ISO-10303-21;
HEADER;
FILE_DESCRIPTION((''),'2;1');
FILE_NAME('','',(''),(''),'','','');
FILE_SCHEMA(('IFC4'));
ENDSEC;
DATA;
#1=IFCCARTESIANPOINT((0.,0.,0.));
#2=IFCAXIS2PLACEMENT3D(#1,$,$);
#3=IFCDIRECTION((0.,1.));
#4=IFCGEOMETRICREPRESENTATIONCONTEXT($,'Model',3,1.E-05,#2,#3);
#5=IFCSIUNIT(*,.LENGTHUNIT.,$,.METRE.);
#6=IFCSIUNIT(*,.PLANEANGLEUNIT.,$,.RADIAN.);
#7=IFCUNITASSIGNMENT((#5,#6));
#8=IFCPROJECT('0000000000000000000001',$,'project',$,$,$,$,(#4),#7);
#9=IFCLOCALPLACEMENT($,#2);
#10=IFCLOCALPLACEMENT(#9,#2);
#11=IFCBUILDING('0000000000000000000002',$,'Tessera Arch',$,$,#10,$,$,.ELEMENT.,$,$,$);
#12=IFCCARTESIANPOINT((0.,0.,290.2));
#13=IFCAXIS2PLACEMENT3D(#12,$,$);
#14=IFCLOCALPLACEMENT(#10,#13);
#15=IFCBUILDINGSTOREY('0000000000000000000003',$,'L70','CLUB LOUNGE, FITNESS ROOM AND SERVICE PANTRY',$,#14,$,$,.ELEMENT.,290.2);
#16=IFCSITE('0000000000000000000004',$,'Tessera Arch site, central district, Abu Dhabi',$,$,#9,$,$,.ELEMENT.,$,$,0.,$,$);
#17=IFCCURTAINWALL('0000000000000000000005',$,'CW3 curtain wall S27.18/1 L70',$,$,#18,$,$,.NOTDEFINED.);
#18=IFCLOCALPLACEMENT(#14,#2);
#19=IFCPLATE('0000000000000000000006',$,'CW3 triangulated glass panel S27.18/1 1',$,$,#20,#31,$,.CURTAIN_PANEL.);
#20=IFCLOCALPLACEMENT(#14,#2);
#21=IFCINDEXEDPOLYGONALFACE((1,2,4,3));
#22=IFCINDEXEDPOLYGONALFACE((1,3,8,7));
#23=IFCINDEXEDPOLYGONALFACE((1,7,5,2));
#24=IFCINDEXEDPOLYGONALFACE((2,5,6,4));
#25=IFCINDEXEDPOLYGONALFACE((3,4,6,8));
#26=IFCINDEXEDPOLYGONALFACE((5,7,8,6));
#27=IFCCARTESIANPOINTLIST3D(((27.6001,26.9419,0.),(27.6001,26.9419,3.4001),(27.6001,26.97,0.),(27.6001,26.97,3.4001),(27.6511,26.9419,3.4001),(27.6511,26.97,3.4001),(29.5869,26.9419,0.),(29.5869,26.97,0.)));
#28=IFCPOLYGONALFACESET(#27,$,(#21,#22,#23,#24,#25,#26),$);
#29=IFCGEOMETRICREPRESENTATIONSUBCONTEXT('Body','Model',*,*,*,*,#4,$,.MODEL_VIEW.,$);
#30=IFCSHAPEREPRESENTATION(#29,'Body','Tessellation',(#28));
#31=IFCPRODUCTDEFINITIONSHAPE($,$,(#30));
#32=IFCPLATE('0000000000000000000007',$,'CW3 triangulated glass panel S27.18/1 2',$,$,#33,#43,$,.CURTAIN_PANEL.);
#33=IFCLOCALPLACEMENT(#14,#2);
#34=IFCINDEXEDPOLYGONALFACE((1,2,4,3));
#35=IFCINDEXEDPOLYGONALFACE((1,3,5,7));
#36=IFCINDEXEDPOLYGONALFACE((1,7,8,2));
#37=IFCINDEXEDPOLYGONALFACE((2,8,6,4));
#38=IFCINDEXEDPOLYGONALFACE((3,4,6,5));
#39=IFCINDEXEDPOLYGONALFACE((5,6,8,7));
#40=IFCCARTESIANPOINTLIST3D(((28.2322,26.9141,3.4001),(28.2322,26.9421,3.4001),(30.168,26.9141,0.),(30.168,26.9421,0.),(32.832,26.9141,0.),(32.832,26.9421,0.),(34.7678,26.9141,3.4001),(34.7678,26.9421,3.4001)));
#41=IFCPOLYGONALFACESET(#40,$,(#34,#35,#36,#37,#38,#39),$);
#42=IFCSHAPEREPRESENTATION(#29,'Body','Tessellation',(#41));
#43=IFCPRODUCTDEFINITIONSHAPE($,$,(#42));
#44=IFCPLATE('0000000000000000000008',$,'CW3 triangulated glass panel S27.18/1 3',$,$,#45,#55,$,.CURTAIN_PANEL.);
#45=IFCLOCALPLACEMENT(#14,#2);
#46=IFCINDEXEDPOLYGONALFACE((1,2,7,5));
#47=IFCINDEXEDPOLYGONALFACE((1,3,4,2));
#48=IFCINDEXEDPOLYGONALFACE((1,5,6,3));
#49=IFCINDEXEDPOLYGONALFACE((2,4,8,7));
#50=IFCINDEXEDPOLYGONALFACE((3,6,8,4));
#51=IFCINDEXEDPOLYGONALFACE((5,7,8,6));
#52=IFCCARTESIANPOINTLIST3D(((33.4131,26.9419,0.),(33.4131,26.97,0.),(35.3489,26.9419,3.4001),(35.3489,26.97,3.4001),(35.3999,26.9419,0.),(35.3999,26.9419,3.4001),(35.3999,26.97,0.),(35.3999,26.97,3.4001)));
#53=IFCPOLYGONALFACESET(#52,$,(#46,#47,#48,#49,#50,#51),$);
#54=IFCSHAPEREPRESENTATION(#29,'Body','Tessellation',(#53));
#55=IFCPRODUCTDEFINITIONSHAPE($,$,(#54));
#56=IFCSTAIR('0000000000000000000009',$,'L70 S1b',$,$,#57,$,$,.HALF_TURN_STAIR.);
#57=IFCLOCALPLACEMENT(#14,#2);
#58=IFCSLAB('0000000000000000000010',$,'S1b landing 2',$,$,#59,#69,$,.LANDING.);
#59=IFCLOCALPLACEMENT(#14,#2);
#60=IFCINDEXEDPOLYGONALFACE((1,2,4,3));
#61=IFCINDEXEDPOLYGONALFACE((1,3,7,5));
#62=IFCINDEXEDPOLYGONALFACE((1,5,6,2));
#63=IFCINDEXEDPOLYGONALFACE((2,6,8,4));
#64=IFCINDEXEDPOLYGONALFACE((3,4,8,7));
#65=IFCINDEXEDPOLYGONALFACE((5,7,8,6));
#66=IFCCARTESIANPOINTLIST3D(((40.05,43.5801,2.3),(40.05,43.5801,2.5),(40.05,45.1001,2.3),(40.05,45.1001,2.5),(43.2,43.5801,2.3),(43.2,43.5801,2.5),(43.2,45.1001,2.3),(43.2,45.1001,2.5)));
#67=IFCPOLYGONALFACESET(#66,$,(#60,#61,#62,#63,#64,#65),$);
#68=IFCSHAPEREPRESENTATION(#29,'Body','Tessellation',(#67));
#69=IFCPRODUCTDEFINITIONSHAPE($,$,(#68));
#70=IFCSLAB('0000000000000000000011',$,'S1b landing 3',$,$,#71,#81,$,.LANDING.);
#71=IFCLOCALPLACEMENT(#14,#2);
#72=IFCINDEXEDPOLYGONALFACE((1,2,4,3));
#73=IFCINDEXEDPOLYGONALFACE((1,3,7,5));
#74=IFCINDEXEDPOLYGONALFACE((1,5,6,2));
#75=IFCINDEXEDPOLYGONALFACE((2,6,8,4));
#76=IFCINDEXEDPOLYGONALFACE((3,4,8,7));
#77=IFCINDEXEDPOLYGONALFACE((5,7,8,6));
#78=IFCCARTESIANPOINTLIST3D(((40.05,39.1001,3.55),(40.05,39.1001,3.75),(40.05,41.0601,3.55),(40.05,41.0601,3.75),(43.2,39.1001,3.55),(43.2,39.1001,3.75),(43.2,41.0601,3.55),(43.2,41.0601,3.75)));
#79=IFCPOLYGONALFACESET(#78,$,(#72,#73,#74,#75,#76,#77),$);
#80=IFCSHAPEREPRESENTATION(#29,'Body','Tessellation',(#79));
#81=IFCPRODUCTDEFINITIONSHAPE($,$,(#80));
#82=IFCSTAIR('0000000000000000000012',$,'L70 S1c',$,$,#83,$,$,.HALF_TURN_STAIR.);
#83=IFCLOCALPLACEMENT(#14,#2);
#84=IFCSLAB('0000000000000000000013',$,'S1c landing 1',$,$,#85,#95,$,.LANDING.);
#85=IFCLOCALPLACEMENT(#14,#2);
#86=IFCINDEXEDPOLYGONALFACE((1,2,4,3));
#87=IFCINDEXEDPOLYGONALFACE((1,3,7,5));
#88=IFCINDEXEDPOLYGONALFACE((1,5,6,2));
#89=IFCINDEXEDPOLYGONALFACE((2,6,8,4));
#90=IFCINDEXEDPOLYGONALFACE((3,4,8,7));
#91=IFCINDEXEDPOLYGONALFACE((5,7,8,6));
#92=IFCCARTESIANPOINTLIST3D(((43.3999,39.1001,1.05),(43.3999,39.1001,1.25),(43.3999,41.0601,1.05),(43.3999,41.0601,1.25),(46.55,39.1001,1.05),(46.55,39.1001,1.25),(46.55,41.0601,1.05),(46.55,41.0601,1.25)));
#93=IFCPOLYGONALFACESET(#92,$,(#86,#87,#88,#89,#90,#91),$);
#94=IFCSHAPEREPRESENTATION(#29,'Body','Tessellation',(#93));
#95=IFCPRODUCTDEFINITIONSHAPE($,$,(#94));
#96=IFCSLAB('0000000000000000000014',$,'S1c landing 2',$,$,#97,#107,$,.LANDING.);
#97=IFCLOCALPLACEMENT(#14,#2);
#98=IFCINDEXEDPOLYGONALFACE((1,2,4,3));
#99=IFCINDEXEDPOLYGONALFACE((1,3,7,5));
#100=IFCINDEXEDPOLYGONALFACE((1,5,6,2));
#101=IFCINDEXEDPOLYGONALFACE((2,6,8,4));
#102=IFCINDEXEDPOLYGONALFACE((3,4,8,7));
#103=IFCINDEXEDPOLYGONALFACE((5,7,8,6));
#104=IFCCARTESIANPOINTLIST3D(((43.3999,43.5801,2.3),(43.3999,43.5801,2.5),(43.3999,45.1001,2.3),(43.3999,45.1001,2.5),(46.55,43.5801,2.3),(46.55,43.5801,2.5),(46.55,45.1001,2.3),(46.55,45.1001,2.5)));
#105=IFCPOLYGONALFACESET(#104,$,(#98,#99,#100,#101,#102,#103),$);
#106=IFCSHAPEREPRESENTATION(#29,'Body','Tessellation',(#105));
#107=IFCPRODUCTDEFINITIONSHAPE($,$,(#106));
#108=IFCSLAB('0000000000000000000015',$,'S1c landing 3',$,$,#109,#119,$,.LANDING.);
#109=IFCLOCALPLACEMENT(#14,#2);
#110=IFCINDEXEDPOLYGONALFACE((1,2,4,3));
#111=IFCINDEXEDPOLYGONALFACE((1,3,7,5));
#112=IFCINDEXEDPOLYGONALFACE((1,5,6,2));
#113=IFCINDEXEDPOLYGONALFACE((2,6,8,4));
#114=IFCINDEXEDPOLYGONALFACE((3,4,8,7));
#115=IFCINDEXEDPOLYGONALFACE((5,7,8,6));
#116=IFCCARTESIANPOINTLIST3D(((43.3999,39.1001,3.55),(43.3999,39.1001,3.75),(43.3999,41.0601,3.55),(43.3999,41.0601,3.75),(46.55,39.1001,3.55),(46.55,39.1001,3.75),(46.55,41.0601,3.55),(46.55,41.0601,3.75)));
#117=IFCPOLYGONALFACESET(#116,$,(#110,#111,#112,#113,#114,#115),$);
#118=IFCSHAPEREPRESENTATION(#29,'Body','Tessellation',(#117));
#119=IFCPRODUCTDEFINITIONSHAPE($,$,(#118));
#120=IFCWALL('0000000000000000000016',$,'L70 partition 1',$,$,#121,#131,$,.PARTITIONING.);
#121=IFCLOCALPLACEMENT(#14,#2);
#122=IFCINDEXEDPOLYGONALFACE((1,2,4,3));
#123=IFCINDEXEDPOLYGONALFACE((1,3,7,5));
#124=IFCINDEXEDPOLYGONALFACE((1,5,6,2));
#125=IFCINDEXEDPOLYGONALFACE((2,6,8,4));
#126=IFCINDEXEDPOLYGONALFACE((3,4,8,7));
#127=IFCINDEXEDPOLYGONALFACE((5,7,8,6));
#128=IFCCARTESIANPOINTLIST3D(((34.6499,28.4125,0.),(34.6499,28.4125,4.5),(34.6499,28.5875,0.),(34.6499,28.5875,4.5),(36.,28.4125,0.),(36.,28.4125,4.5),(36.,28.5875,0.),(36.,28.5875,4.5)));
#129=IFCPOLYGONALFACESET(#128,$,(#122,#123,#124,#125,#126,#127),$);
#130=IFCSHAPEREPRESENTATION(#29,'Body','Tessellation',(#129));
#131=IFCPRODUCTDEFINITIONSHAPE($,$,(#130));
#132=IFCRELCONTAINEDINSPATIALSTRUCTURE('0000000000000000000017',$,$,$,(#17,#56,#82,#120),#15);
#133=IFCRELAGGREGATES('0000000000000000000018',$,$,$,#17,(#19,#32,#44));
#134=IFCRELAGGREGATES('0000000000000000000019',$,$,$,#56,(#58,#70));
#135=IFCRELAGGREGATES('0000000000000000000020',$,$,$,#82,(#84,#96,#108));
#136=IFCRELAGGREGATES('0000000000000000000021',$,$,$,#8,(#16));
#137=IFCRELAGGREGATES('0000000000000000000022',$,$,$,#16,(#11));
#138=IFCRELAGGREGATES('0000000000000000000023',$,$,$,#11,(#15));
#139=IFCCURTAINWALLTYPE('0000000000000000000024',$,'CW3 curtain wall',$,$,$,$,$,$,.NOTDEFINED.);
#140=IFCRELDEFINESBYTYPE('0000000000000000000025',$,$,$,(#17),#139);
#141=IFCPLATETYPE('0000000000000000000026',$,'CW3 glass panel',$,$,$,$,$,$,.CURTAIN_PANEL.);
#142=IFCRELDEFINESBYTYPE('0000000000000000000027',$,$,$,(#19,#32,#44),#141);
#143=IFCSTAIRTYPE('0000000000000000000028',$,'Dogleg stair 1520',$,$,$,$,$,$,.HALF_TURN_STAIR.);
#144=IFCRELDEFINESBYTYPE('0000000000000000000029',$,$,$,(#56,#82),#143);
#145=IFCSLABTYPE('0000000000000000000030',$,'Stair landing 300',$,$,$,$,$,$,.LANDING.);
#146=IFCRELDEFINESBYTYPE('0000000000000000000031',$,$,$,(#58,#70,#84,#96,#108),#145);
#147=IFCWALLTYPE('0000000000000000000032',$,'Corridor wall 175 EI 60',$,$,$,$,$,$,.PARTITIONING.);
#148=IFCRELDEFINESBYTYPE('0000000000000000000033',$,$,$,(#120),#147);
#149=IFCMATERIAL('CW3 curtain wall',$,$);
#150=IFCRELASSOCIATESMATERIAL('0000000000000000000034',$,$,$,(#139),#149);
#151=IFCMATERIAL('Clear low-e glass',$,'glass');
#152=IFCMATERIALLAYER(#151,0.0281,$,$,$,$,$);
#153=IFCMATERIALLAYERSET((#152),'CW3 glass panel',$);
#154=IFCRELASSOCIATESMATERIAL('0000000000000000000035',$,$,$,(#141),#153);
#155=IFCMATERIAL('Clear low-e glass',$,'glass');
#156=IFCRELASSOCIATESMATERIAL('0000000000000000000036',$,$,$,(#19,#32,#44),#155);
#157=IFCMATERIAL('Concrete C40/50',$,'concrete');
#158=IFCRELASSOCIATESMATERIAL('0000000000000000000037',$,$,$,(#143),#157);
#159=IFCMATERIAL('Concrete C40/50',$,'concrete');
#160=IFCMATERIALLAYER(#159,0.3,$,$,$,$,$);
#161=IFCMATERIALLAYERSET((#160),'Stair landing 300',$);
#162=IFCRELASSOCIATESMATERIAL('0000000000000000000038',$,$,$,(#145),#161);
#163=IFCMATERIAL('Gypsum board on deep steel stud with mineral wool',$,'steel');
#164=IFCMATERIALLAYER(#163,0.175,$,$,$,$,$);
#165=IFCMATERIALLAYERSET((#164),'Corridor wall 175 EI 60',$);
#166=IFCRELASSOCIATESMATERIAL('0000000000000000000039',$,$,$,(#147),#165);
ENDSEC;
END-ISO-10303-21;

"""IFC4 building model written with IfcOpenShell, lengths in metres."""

from ifc_helpers import new_model, si_unit, direction, frame, frame_2d, origin, place, context, subcontext, project, spatial, polyline, rectangle, outline, extrude, material, layer, layer_set, type_object, element, aggregate, save


model = new_model("IFC4")

# Units and contexts
model_context = context("Model", 3, precision=1e-05, world=origin(), true_north=direction((0.0, 1.0)))
body_context = subcontext(model_context, "Body", "Model", "MODEL_VIEW")
ifc_project = project(units=[si_unit("LENGTHUNIT", "METRE"), si_unit("PLANEANGLEUNIT", "RADIAN")], contexts=[model_context])

# Site, building, storey
site_placement = place(None, origin())
site = spatial("IfcSite", under=ifc_project, at=site_placement, Name="Tessera Arch site, central district, Abu Dhabi", CompositionType="ELEMENT", RefElevation=0.0)
building_placement = place(site_placement, origin())
building = spatial("IfcBuilding", under=site, at=building_placement, Name="Tessera Arch", CompositionType="ELEMENT")
storey_placement = place(building_placement, frame((0.0, 0.0, 290.2)))
storey = spatial("IfcBuildingStorey", under=building, at=storey_placement, Name="L70", Description="CLUB LOUNGE, FITNESS ROOM AND SERVICE PANTRY", CompositionType="ELEMENT", Elevation=290.2)

# Curtain wall
ifc_material_1 = material(Name="CW3 curtain wall")
curtain_wall_type_1 = type_object("IfcCurtainWallType", Name="CW3 curtain wall", PredefinedType="NOTDEFINED", material=ifc_material_1)
curtain_wall_1_placement = place(storey_placement, origin())
curtain_wall_1 = element("IfcCurtainWall", 1, at=curtain_wall_1_placement, inside=storey, type_object=curtain_wall_type_1, Name="CW3 curtain wall S27.18/1 L70", PredefinedType="NOTDEFINED")

# Plates
ifc_material_2 = material(Name="Clear low-e glass", Category="glass")
ifc_material_3 = material(Name="Clear low-e glass", Category="glass")
ifc_layer_1 = layer(ifc_material_3, 0.0281)
ifc_layer_set_1 = layer_set([ifc_layer_1], Name="CW3 glass panel")
plate_type_1 = type_object("IfcPlateType", Name="CW3 glass panel", PredefinedType="CURTAIN_PANEL", material=ifc_layer_set_1)
plate_1_placement = place(storey_placement, frame((27.6001, 26.9419, 0.0), z_axis=(0.0, -1.0, 0.0), x_axis=(1.0, 0.0, 0.0)))
plate_1 = element("IfcPlate", 2, at=plate_1_placement, type_object=plate_type_1, material=ifc_material_2, Name="CW3 triangulated glass panel S27.18/1 1", PredefinedType="CURTAIN_PANEL", context=body_context, shape_type="SweptSolid", body=[
    extrude(outline(polyline([(0.0, 0.0), (1.9868, 0.0), (0.051, 3.4001), (0.0, 3.4001), (0.0, 0.0)])), origin(), (0.0, 0.0, -1.0), 0.0281),
])
plate_2_placement = place(storey_placement, frame((34.7678, 26.9141, 3.4001), z_axis=(0.0, -1.0, 0.0), x_axis=(-1.0, 0.0, 0.0)))
plate_2 = element("IfcPlate", 3, at=plate_2_placement, type_object=plate_type_1, material=ifc_material_2, Name="CW3 triangulated glass panel S27.18/1 2", PredefinedType="CURTAIN_PANEL", context=body_context, shape_type="SweptSolid", body=[
    extrude(outline(polyline([(0.0, 0.0), (6.5356, 0.0), (4.5999, 3.4001), (1.9358, 3.4001), (0.0, 0.0)])), origin(), (0.0, 0.0, -1.0), 0.0281),
])
plate_3_placement = place(storey_placement, frame((35.3999, 26.9419, 3.4001), z_axis=(0.0, -1.0, 0.0), x_axis=(-1.0, 0.0, 0.0)))
plate_3 = element("IfcPlate", 4, at=plate_3_placement, type_object=plate_type_1, material=ifc_material_2, Name="CW3 triangulated glass panel S27.18/1 3", PredefinedType="CURTAIN_PANEL", context=body_context, shape_type="SweptSolid", body=[
    extrude(outline(polyline([(0.0, 0.0), (0.051, 0.0), (1.9868, 3.4001), (0.0, 3.4001), (0.0, 0.0)])), origin(), (0.0, 0.0, -1.0), 0.0281),
])
aggregate(curtain_wall_1, [plate_1, plate_2, plate_3])

# Stairs, slabs
ifc_material_4 = material(Name="Concrete C40/50", Category="concrete")
stair_type = type_object("IfcStairType", Name="Dogleg stair 1520", PredefinedType="HALF_TURN_STAIR", material=ifc_material_4)
stair_1_placement = place(storey_placement, origin())
stair_1 = element("IfcStair", 5, at=stair_1_placement, inside=storey, type_object=stair_type, Name="L70 S1b", PredefinedType="HALF_TURN_STAIR")
ifc_material_5 = material(Name="Concrete C40/50", Category="concrete")
ifc_layer_2 = layer(ifc_material_5, 0.3)
ifc_layer_set_2 = layer_set([ifc_layer_2], Name="Stair landing 300")
slab_type = type_object("IfcSlabType", Name="Stair landing 300", PredefinedType="LANDING", material=ifc_layer_set_2)
slab_1_placement = place(storey_placement, frame((0.0, 0.0, 2.3)))
slab_1 = element("IfcSlab", 6, at=slab_1_placement, type_object=slab_type, Name="S1b landing 2", PredefinedType="LANDING", context=body_context, shape_type="SweptSolid", body=[
    extrude(outline(polyline([(40.05, 45.1001), (40.05, 43.5801), (43.2, 43.5801), (43.2, 45.1001), (40.05, 45.1001)])), origin(), (0.0, 0.0, 1.0), 0.2),
])
slab_2_placement = place(storey_placement, frame((0.0, 0.0, 3.55)))
slab_2 = element("IfcSlab", 7, at=slab_2_placement, type_object=slab_type, Name="S1b landing 3", PredefinedType="LANDING", context=body_context, shape_type="SweptSolid", body=[
    extrude(outline(polyline([(40.05, 41.0601), (40.05, 39.1001), (43.2, 39.1001), (43.2, 41.0601), (40.05, 41.0601)])), origin(), (0.0, 0.0, 1.0), 0.2),
])
aggregate(stair_1, [slab_1, slab_2])
stair_2_placement = place(storey_placement, origin())
stair_2 = element("IfcStair", 8, at=stair_2_placement, inside=storey, type_object=stair_type, Name="L70 S1c", PredefinedType="HALF_TURN_STAIR")
slab_3_placement = place(storey_placement, frame((0.0, 0.0, 1.05)))
slab_3 = element("IfcSlab", 9, at=slab_3_placement, type_object=slab_type, Name="S1c landing 1", PredefinedType="LANDING", context=body_context, shape_type="SweptSolid", body=[
    extrude(outline(polyline([(43.3999, 41.0601), (43.3999, 39.1001), (46.55, 39.1001), (46.55, 41.0601), (43.3999, 41.0601)])), origin(), (0.0, 0.0, 1.0), 0.2),
])
slab_4_placement = place(storey_placement, frame((0.0, 0.0, 2.3)))
slab_4 = element("IfcSlab", 10, at=slab_4_placement, type_object=slab_type, Name="S1c landing 2", PredefinedType="LANDING", context=body_context, shape_type="SweptSolid", body=[
    extrude(outline(polyline([(43.3999, 45.1001), (43.3999, 43.5801), (46.55, 43.5801), (46.55, 45.1001), (43.3999, 45.1001)])), origin(), (0.0, 0.0, 1.0), 0.2),
])
slab_5_placement = place(storey_placement, frame((0.0, 0.0, 3.55)))
slab_5 = element("IfcSlab", 11, at=slab_5_placement, type_object=slab_type, Name="S1c landing 3", PredefinedType="LANDING", context=body_context, shape_type="SweptSolid", body=[
    extrude(outline(polyline([(43.3999, 41.0601), (43.3999, 39.1001), (46.55, 39.1001), (46.55, 41.0601), (43.3999, 41.0601)])), origin(), (0.0, 0.0, 1.0), 0.2),
])
aggregate(stair_2, [slab_3, slab_4, slab_5])

# Wall
ifc_material_6 = material(Name="Gypsum board on deep steel stud with mineral wool", Category="steel")
ifc_layer_3 = layer(ifc_material_6, 0.175)
ifc_layer_set_3 = layer_set([ifc_layer_3], Name="Corridor wall 175 EI 60")
wall_type_1 = type_object("IfcWallType", Name="Corridor wall 175 EI 60", PredefinedType="PARTITIONING", material=ifc_layer_set_3)
wall_1_placement = place(storey_placement, frame((34.6499, 28.5, 0.0), z_axis=(0.0, 0.0, 1.0), x_axis=(1.0, 0.0, 0.0)))
element("IfcWall", 12, at=wall_1_placement, inside=storey, type_object=wall_type_1, Name="L70 partition 1", PredefinedType="PARTITIONING", context=body_context, shape_type="SweptSolid", body=[
    extrude(rectangle(XDim=1.3501, YDim=0.175, at=frame_2d((0.675, 0.0))), origin(), (0.0, 0.0, 1.0), 4.5),
])

save(model, "model.ifc")
